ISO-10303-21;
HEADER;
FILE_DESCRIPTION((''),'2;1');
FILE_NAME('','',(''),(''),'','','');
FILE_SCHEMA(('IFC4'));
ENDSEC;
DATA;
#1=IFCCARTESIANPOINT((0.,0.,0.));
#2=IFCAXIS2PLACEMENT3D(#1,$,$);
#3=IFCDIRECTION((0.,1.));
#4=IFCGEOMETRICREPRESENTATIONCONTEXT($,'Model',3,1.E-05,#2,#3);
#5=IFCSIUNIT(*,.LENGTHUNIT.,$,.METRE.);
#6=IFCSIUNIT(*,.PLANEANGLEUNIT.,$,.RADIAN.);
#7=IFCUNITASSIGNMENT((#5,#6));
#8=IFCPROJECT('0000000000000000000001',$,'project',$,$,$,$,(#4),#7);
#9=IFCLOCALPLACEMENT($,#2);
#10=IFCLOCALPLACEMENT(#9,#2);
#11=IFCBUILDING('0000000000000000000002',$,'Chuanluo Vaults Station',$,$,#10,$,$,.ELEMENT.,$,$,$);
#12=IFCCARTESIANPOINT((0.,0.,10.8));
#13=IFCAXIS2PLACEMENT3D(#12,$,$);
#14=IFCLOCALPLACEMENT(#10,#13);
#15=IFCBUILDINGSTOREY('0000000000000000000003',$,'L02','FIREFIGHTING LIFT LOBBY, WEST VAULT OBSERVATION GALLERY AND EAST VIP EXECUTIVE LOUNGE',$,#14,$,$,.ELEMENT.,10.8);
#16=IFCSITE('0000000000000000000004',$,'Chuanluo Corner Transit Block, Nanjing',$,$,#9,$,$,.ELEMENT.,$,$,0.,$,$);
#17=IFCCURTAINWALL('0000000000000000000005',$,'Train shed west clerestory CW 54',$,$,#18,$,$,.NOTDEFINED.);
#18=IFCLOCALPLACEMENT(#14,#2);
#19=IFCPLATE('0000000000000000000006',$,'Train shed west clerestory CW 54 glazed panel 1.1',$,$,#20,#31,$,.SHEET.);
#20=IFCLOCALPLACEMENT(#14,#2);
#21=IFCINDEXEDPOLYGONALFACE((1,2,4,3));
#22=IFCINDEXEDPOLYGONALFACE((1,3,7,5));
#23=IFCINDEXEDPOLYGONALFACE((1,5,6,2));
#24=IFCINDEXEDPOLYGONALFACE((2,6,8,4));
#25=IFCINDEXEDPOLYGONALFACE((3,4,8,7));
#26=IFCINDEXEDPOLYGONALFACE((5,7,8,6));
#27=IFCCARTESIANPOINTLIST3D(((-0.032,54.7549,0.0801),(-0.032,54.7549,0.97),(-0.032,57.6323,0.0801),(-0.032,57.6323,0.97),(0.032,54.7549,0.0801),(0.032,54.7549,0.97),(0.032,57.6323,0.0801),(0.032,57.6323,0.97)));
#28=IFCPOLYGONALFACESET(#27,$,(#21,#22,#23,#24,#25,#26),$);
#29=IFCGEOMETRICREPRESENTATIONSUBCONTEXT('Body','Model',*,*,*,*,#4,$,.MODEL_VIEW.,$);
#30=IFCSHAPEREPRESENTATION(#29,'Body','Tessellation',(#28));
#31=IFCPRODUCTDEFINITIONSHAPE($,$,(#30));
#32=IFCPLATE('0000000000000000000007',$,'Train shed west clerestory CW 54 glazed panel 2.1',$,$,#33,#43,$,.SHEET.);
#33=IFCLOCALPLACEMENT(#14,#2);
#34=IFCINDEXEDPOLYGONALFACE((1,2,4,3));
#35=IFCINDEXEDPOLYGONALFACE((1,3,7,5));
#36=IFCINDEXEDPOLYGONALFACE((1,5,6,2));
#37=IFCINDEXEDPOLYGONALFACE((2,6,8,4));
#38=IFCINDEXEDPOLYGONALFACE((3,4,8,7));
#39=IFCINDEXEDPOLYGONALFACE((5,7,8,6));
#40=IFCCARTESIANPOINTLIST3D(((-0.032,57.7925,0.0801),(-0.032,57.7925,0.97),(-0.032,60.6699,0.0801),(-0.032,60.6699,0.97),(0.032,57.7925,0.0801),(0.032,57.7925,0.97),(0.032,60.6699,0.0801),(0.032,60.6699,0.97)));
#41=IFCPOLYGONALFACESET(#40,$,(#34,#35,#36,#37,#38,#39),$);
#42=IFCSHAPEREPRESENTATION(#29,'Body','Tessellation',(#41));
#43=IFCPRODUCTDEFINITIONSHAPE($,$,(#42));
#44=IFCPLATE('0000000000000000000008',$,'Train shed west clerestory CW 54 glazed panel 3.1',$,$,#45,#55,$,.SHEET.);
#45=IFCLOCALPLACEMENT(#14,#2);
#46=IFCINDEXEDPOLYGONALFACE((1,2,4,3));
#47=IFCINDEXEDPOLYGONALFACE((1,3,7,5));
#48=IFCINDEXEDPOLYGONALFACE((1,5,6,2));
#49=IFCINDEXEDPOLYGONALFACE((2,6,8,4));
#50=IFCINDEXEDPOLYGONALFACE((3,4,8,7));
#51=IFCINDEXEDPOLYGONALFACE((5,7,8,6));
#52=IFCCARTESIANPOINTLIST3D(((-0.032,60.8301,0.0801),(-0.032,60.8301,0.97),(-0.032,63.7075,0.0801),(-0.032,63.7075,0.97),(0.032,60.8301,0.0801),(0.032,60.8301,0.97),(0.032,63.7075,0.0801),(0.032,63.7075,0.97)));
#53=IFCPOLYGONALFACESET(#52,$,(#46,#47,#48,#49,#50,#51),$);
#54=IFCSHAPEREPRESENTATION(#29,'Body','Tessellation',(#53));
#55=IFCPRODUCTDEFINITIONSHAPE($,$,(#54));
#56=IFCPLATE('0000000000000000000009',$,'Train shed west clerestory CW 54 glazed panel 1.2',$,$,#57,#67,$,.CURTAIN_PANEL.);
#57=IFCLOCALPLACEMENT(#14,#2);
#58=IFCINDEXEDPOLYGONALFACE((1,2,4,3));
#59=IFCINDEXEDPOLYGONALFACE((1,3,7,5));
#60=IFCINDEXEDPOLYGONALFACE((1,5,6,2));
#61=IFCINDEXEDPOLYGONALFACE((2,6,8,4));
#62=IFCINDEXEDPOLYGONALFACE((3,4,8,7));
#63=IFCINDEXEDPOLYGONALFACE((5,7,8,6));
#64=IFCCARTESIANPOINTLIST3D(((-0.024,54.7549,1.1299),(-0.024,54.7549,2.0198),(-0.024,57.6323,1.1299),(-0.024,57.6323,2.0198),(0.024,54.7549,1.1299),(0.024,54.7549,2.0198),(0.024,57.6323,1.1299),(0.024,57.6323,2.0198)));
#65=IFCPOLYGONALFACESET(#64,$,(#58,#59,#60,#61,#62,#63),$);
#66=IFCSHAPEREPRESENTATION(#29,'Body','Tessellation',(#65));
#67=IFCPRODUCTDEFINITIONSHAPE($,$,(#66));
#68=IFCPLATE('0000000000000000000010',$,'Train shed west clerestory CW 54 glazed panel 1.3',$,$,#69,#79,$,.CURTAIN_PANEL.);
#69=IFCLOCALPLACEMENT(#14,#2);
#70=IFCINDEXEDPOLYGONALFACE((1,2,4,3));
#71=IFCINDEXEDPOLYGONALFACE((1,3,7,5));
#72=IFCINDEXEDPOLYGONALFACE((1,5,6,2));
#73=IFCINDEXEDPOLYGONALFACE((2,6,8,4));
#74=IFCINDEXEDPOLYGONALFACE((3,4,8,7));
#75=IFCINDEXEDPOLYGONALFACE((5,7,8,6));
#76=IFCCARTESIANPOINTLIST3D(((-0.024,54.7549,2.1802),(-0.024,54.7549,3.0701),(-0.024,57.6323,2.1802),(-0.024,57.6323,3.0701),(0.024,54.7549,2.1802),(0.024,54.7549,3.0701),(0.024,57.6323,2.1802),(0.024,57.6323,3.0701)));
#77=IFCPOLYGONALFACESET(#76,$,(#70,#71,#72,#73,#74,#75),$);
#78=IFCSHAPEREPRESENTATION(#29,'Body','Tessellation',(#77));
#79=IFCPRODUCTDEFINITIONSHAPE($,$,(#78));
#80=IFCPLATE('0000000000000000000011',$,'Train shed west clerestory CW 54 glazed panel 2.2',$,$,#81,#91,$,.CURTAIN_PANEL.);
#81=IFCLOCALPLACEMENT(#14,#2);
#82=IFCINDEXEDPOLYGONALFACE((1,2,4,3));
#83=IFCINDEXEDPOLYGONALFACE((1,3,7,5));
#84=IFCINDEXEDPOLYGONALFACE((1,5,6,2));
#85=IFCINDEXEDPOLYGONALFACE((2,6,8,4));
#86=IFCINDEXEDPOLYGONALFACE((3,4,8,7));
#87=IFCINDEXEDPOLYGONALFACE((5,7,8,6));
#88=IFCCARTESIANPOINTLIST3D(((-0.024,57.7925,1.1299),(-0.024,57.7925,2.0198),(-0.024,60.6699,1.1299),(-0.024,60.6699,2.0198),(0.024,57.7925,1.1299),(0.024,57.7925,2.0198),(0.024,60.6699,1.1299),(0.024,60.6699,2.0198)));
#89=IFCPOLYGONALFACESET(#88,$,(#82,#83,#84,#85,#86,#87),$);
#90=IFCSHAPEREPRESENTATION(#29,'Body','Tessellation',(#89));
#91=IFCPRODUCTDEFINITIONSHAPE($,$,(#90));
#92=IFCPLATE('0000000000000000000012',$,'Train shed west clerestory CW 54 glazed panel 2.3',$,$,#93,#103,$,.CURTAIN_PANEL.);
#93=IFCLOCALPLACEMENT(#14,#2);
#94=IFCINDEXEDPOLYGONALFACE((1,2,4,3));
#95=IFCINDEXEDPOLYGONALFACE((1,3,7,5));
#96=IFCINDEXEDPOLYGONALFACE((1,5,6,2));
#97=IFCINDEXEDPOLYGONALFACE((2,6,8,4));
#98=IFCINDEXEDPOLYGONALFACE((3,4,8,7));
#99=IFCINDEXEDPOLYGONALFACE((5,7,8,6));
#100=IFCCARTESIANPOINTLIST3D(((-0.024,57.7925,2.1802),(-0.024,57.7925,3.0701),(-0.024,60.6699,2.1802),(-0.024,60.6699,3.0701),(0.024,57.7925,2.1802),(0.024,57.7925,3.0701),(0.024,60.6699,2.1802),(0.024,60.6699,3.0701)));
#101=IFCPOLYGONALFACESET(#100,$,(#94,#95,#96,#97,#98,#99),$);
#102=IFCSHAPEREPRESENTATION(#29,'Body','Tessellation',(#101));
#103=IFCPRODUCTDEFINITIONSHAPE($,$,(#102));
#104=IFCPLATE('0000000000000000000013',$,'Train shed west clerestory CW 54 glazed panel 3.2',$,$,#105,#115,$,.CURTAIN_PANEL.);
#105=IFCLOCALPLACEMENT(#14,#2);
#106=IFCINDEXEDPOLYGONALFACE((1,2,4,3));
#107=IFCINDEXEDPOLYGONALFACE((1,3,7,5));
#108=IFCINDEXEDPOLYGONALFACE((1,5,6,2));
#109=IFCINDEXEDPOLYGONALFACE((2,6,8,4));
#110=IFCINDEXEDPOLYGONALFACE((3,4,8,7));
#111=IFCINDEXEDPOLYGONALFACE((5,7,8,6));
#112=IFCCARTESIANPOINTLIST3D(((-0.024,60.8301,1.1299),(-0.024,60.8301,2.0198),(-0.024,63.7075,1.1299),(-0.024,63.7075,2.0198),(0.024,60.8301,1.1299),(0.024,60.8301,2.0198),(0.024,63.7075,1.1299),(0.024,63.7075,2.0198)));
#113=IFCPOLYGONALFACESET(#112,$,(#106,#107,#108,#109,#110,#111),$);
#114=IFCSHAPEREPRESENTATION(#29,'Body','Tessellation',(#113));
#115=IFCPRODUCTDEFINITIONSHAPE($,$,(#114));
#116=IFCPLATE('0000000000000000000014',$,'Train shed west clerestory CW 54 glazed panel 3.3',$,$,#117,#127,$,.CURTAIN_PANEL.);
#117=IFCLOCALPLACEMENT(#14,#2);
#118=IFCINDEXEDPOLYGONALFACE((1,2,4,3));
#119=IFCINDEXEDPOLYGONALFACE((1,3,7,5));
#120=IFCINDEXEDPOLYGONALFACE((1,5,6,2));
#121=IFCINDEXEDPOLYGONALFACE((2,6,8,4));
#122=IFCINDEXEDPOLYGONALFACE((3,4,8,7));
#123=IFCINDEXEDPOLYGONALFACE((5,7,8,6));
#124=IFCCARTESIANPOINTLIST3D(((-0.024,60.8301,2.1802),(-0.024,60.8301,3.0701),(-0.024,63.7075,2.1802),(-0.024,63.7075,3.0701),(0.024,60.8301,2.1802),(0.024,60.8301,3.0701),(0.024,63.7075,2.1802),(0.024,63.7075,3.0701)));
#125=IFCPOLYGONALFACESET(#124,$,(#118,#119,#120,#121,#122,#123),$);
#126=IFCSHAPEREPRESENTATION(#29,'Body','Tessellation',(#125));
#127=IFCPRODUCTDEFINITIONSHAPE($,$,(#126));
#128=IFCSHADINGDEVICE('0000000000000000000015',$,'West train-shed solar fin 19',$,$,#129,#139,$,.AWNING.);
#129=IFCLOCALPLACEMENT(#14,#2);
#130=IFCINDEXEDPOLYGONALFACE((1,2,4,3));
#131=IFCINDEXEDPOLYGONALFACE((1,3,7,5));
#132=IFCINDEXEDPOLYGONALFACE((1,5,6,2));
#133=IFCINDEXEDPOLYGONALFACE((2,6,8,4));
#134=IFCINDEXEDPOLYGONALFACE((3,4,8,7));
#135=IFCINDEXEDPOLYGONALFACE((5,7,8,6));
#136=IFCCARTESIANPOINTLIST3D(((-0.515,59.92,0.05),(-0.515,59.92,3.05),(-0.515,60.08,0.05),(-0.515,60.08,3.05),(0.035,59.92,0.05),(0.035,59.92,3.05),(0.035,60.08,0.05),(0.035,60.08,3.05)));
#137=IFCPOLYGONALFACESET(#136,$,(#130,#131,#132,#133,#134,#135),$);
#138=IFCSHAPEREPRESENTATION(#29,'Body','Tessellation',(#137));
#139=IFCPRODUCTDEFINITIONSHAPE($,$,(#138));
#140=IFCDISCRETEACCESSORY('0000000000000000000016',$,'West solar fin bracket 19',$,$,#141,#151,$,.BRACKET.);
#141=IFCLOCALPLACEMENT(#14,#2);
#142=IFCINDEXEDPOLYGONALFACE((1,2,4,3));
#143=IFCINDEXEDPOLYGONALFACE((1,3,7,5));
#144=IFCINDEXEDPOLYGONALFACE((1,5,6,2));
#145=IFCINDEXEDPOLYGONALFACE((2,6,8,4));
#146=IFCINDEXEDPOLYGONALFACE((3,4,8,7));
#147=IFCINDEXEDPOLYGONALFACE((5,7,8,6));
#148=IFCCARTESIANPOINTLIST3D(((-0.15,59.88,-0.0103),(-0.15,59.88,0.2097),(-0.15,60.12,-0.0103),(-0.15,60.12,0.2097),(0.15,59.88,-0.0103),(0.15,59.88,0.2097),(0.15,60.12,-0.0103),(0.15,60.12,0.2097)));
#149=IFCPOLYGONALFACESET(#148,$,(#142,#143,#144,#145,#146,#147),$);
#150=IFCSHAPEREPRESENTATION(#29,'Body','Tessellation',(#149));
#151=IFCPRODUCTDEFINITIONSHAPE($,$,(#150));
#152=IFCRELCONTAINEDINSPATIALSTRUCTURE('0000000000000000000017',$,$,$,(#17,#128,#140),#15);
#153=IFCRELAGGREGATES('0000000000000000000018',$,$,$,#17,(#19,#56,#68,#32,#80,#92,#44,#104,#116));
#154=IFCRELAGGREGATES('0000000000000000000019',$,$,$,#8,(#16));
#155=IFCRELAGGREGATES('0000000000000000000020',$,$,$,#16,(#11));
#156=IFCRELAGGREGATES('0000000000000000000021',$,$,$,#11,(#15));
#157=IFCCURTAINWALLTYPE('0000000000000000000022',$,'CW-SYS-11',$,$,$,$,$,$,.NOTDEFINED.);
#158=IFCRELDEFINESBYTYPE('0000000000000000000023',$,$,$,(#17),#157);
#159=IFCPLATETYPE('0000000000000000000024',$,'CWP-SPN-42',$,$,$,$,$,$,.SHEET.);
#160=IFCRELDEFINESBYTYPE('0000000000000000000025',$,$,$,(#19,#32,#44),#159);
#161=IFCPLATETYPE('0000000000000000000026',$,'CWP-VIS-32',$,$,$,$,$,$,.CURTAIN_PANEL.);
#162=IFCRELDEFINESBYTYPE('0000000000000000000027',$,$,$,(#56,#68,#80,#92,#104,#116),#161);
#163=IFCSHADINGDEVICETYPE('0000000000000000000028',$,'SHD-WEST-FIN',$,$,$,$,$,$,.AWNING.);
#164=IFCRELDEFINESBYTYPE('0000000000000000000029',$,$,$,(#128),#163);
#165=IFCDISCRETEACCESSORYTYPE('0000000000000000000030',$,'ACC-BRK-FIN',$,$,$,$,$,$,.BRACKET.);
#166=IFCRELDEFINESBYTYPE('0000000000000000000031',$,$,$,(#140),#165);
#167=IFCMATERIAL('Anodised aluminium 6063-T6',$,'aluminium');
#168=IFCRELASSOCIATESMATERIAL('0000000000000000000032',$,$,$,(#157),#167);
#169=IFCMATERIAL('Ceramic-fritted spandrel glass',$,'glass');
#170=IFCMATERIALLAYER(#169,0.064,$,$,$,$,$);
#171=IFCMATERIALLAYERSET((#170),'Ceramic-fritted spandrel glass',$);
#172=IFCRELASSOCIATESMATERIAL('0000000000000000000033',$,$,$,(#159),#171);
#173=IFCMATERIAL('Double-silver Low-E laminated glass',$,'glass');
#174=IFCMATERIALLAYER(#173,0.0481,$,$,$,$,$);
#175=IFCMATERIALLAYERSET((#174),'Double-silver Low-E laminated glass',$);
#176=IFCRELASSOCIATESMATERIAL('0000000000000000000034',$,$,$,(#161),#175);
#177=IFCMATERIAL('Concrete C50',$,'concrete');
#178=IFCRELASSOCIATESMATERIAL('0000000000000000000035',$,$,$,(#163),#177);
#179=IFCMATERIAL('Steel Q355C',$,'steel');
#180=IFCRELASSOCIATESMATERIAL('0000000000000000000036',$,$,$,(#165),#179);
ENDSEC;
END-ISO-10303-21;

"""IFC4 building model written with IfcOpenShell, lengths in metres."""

from ifc_helpers import new_model, si_unit, direction, frame, origin, origin_2d, place, context, subcontext, project, spatial, rectangle, extrude, material, layer, layer_set, type_object, element, aggregate, save


model = new_model("IFC4")

# Units and contexts
model_context = context("Model", 3, precision=1e-05, world=origin(), true_north=direction((0.0, 1.0)))
body_context = subcontext(model_context, "Body", "Model", "MODEL_VIEW")
ifc_project = project(units=[si_unit("LENGTHUNIT", "METRE"), si_unit("PLANEANGLEUNIT", "RADIAN")], contexts=[model_context])

# Site, building, storey
site_placement = place(None, origin())
site = spatial("IfcSite", under=ifc_project, at=site_placement, Name="Chuanluo Corner Transit Block, Nanjing", CompositionType="ELEMENT", RefElevation=0.0)
building_placement = place(site_placement, origin())
building = spatial("IfcBuilding", under=site, at=building_placement, Name="Chuanluo Vaults Station", CompositionType="ELEMENT")
storey_placement = place(building_placement, frame((0.0, 0.0, 10.8)))
storey = spatial("IfcBuildingStorey", under=building, at=storey_placement, Name="L02", Description="FIREFIGHTING LIFT LOBBY, WEST VAULT OBSERVATION GALLERY AND EAST VIP EXECUTIVE LOUNGE", CompositionType="ELEMENT", Elevation=10.8)

# Curtain wall, plates
ifc_material_1 = material(Name="Anodised aluminium 6063-T6", Category="aluminium")
curtain_wall_type = type_object("IfcCurtainWallType", Name="CW-SYS-11", PredefinedType="NOTDEFINED", material=ifc_material_1)
curtain_wall_placement = place(storey_placement, origin())
curtain_wall = element("IfcCurtainWall", 1, at=curtain_wall_placement, inside=storey, type_object=curtain_wall_type, Name="Train shed west clerestory CW 54", PredefinedType="NOTDEFINED")
ifc_material_2 = material(Name="Ceramic-fritted spandrel glass", Category="glass")
ifc_layer_1 = layer(ifc_material_2, 0.064)
ifc_layer_set_1 = layer_set([ifc_layer_1], Name="Ceramic-fritted spandrel glass")
plate_type_1 = type_object("IfcPlateType", Name="CWP-SPN-42", PredefinedType="SHEET", material=ifc_layer_set_1)
plate_1_placement = place(storey_placement, frame((0.0, 56.1936, 0.0801), z_axis=(0.0, 0.0, 1.0), x_axis=(0.0, 1.0, 0.0)))
plate_1 = element("IfcPlate", 2, at=plate_1_placement, type_object=plate_type_1, Name="Train shed west clerestory CW 54 glazed panel 1.1", PredefinedType="SHEET", context=body_context, shape_type="SweptSolid", body=[
    extrude(rectangle(XDim=2.8774, YDim=0.064, at=origin_2d()), origin(), (0.0, 0.0, 1.0), 0.8899),
])
plate_2_placement = place(storey_placement, frame((0.0, 59.2312, 0.0801), z_axis=(0.0, 0.0, 1.0), x_axis=(0.0, 1.0, 0.0)))
plate_2 = element("IfcPlate", 3, at=plate_2_placement, type_object=plate_type_1, Name="Train shed west clerestory CW 54 glazed panel 2.1", PredefinedType="SHEET", context=body_context, shape_type="SweptSolid", body=[
    extrude(rectangle(XDim=2.8774, YDim=0.064, at=origin_2d()), origin(), (0.0, 0.0, 1.0), 0.8899),
])
plate_3_placement = place(storey_placement, frame((0.0, 62.2688, 0.0801), z_axis=(0.0, 0.0, 1.0), x_axis=(0.0, 1.0, 0.0)))
plate_3 = element("IfcPlate", 4, at=plate_3_placement, type_object=plate_type_1, Name="Train shed west clerestory CW 54 glazed panel 3.1", PredefinedType="SHEET", context=body_context, shape_type="SweptSolid", body=[
    extrude(rectangle(XDim=2.8774, YDim=0.064, at=origin_2d()), origin(), (0.0, 0.0, 1.0), 0.8899),
])
ifc_material_3 = material(Name="Double-silver Low-E laminated glass", Category="glass")
ifc_layer_2 = layer(ifc_material_3, 0.0481)
ifc_layer_set_2 = layer_set([ifc_layer_2], Name="Double-silver Low-E laminated glass")
plate_type_2 = type_object("IfcPlateType", Name="CWP-VIS-32", PredefinedType="CURTAIN_PANEL", material=ifc_layer_set_2)
plate_4_placement = place(storey_placement, frame((0.0, 56.1936, 1.1299), z_axis=(0.0, 0.0, 1.0), x_axis=(0.0, 1.0, 0.0)))
plate_4 = element("IfcPlate", 5, at=plate_4_placement, type_object=plate_type_2, Name="Train shed west clerestory CW 54 glazed panel 1.2", PredefinedType="CURTAIN_PANEL", context=body_context, shape_type="SweptSolid", body=[
    extrude(rectangle(XDim=2.8774, YDim=0.0481, at=origin_2d()), origin(), (0.0, 0.0, 1.0), 0.8899),
])
plate_5_placement = place(storey_placement, frame((0.0, 56.1936, 2.1802), z_axis=(0.0, 0.0, 1.0), x_axis=(0.0, 1.0, 0.0)))
plate_5 = element("IfcPlate", 6, at=plate_5_placement, type_object=plate_type_2, Name="Train shed west clerestory CW 54 glazed panel 1.3", PredefinedType="CURTAIN_PANEL", context=body_context, shape_type="SweptSolid", body=[
    extrude(rectangle(XDim=2.8774, YDim=0.0481, at=origin_2d()), origin(), (0.0, 0.0, 1.0), 0.8899),
])
plate_6_placement = place(storey_placement, frame((0.0, 59.2312, 1.1299), z_axis=(0.0, 0.0, 1.0), x_axis=(0.0, 1.0, 0.0)))
plate_6 = element("IfcPlate", 7, at=plate_6_placement, type_object=plate_type_2, Name="Train shed west clerestory CW 54 glazed panel 2.2", PredefinedType="CURTAIN_PANEL", context=body_context, shape_type="SweptSolid", body=[
    extrude(rectangle(XDim=2.8774, YDim=0.0481, at=origin_2d()), origin(), (0.0, 0.0, 1.0), 0.8899),
])
plate_7_placement = place(storey_placement, frame((0.0, 59.2312, 2.1802), z_axis=(0.0, 0.0, 1.0), x_axis=(0.0, 1.0, 0.0)))
plate_7 = element("IfcPlate", 8, at=plate_7_placement, type_object=plate_type_2, Name="Train shed west clerestory CW 54 glazed panel 2.3", PredefinedType="CURTAIN_PANEL", context=body_context, shape_type="SweptSolid", body=[
    extrude(rectangle(XDim=2.8774, YDim=0.0481, at=origin_2d()), origin(), (0.0, 0.0, 1.0), 0.8899),
])
plate_8_placement = place(storey_placement, frame((0.0, 62.2688, 1.1299), z_axis=(0.0, 0.0, 1.0), x_axis=(0.0, 1.0, 0.0)))
plate_8 = element("IfcPlate", 9, at=plate_8_placement, type_object=plate_type_2, Name="Train shed west clerestory CW 54 glazed panel 3.2", PredefinedType="CURTAIN_PANEL", context=body_context, shape_type="SweptSolid", body=[
    extrude(rectangle(XDim=2.8774, YDim=0.0481, at=origin_2d()), origin(), (0.0, 0.0, 1.0), 0.8899),
])
plate_9_placement = place(storey_placement, frame((0.0, 62.2688, 2.1802), z_axis=(0.0, 0.0, 1.0), x_axis=(0.0, 1.0, 0.0)))
plate_9 = element("IfcPlate", 10, at=plate_9_placement, type_object=plate_type_2, Name="Train shed west clerestory CW 54 glazed panel 3.3", PredefinedType="CURTAIN_PANEL", context=body_context, shape_type="SweptSolid", body=[
    extrude(rectangle(XDim=2.8774, YDim=0.0481, at=origin_2d()), origin(), (0.0, 0.0, 1.0), 0.8899),
])
aggregate(curtain_wall, [plate_1, plate_4, plate_5, plate_2, plate_6, plate_7, plate_3, plate_8, plate_9])

# Shading device
ifc_material_4 = material(Name="Concrete C50", Category="concrete")
shading_device_type = type_object("IfcShadingDeviceType", Name="SHD-WEST-FIN", PredefinedType="AWNING", material=ifc_material_4)
shading_device_placement = place(storey_placement, frame((-0.24, 60.0, 0.05), z_axis=(0.0, 0.0, 1.0), x_axis=(1.0, 0.0, 0.0)))
element("IfcShadingDevice", 11, at=shading_device_placement, inside=storey, type_object=shading_device_type, Name="West train-shed solar fin 19", PredefinedType="AWNING", context=body_context, shape_type="SweptSolid", body=[
    extrude(rectangle(XDim=0.55, YDim=0.1599, at=origin_2d()), origin(), (0.0, 0.0, 1.0), 3.0),
])

# Discrete accessory
ifc_material_5 = material(Name="Steel Q355C", Category="steel")
discrete_accessory_type = type_object("IfcDiscreteAccessoryType", Name="ACC-BRK-FIN", PredefinedType="BRACKET", material=ifc_material_5)
discrete_accessory_placement = place(storey_placement, frame((0.0, 60.0, -0.0103), z_axis=(0.0, 0.0, 1.0), x_axis=(1.0, 0.0, 0.0)))
element("IfcDiscreteAccessory", 12, at=discrete_accessory_placement, inside=storey, type_object=discrete_accessory_type, Name="West solar fin bracket 19", PredefinedType="BRACKET", context=body_context, shape_type="SweptSolid", body=[
    extrude(rectangle(XDim=0.3, YDim=0.24, at=origin_2d()), origin(), (0.0, 0.0, 1.0), 0.22),
])

save(model, "model.ifc")
